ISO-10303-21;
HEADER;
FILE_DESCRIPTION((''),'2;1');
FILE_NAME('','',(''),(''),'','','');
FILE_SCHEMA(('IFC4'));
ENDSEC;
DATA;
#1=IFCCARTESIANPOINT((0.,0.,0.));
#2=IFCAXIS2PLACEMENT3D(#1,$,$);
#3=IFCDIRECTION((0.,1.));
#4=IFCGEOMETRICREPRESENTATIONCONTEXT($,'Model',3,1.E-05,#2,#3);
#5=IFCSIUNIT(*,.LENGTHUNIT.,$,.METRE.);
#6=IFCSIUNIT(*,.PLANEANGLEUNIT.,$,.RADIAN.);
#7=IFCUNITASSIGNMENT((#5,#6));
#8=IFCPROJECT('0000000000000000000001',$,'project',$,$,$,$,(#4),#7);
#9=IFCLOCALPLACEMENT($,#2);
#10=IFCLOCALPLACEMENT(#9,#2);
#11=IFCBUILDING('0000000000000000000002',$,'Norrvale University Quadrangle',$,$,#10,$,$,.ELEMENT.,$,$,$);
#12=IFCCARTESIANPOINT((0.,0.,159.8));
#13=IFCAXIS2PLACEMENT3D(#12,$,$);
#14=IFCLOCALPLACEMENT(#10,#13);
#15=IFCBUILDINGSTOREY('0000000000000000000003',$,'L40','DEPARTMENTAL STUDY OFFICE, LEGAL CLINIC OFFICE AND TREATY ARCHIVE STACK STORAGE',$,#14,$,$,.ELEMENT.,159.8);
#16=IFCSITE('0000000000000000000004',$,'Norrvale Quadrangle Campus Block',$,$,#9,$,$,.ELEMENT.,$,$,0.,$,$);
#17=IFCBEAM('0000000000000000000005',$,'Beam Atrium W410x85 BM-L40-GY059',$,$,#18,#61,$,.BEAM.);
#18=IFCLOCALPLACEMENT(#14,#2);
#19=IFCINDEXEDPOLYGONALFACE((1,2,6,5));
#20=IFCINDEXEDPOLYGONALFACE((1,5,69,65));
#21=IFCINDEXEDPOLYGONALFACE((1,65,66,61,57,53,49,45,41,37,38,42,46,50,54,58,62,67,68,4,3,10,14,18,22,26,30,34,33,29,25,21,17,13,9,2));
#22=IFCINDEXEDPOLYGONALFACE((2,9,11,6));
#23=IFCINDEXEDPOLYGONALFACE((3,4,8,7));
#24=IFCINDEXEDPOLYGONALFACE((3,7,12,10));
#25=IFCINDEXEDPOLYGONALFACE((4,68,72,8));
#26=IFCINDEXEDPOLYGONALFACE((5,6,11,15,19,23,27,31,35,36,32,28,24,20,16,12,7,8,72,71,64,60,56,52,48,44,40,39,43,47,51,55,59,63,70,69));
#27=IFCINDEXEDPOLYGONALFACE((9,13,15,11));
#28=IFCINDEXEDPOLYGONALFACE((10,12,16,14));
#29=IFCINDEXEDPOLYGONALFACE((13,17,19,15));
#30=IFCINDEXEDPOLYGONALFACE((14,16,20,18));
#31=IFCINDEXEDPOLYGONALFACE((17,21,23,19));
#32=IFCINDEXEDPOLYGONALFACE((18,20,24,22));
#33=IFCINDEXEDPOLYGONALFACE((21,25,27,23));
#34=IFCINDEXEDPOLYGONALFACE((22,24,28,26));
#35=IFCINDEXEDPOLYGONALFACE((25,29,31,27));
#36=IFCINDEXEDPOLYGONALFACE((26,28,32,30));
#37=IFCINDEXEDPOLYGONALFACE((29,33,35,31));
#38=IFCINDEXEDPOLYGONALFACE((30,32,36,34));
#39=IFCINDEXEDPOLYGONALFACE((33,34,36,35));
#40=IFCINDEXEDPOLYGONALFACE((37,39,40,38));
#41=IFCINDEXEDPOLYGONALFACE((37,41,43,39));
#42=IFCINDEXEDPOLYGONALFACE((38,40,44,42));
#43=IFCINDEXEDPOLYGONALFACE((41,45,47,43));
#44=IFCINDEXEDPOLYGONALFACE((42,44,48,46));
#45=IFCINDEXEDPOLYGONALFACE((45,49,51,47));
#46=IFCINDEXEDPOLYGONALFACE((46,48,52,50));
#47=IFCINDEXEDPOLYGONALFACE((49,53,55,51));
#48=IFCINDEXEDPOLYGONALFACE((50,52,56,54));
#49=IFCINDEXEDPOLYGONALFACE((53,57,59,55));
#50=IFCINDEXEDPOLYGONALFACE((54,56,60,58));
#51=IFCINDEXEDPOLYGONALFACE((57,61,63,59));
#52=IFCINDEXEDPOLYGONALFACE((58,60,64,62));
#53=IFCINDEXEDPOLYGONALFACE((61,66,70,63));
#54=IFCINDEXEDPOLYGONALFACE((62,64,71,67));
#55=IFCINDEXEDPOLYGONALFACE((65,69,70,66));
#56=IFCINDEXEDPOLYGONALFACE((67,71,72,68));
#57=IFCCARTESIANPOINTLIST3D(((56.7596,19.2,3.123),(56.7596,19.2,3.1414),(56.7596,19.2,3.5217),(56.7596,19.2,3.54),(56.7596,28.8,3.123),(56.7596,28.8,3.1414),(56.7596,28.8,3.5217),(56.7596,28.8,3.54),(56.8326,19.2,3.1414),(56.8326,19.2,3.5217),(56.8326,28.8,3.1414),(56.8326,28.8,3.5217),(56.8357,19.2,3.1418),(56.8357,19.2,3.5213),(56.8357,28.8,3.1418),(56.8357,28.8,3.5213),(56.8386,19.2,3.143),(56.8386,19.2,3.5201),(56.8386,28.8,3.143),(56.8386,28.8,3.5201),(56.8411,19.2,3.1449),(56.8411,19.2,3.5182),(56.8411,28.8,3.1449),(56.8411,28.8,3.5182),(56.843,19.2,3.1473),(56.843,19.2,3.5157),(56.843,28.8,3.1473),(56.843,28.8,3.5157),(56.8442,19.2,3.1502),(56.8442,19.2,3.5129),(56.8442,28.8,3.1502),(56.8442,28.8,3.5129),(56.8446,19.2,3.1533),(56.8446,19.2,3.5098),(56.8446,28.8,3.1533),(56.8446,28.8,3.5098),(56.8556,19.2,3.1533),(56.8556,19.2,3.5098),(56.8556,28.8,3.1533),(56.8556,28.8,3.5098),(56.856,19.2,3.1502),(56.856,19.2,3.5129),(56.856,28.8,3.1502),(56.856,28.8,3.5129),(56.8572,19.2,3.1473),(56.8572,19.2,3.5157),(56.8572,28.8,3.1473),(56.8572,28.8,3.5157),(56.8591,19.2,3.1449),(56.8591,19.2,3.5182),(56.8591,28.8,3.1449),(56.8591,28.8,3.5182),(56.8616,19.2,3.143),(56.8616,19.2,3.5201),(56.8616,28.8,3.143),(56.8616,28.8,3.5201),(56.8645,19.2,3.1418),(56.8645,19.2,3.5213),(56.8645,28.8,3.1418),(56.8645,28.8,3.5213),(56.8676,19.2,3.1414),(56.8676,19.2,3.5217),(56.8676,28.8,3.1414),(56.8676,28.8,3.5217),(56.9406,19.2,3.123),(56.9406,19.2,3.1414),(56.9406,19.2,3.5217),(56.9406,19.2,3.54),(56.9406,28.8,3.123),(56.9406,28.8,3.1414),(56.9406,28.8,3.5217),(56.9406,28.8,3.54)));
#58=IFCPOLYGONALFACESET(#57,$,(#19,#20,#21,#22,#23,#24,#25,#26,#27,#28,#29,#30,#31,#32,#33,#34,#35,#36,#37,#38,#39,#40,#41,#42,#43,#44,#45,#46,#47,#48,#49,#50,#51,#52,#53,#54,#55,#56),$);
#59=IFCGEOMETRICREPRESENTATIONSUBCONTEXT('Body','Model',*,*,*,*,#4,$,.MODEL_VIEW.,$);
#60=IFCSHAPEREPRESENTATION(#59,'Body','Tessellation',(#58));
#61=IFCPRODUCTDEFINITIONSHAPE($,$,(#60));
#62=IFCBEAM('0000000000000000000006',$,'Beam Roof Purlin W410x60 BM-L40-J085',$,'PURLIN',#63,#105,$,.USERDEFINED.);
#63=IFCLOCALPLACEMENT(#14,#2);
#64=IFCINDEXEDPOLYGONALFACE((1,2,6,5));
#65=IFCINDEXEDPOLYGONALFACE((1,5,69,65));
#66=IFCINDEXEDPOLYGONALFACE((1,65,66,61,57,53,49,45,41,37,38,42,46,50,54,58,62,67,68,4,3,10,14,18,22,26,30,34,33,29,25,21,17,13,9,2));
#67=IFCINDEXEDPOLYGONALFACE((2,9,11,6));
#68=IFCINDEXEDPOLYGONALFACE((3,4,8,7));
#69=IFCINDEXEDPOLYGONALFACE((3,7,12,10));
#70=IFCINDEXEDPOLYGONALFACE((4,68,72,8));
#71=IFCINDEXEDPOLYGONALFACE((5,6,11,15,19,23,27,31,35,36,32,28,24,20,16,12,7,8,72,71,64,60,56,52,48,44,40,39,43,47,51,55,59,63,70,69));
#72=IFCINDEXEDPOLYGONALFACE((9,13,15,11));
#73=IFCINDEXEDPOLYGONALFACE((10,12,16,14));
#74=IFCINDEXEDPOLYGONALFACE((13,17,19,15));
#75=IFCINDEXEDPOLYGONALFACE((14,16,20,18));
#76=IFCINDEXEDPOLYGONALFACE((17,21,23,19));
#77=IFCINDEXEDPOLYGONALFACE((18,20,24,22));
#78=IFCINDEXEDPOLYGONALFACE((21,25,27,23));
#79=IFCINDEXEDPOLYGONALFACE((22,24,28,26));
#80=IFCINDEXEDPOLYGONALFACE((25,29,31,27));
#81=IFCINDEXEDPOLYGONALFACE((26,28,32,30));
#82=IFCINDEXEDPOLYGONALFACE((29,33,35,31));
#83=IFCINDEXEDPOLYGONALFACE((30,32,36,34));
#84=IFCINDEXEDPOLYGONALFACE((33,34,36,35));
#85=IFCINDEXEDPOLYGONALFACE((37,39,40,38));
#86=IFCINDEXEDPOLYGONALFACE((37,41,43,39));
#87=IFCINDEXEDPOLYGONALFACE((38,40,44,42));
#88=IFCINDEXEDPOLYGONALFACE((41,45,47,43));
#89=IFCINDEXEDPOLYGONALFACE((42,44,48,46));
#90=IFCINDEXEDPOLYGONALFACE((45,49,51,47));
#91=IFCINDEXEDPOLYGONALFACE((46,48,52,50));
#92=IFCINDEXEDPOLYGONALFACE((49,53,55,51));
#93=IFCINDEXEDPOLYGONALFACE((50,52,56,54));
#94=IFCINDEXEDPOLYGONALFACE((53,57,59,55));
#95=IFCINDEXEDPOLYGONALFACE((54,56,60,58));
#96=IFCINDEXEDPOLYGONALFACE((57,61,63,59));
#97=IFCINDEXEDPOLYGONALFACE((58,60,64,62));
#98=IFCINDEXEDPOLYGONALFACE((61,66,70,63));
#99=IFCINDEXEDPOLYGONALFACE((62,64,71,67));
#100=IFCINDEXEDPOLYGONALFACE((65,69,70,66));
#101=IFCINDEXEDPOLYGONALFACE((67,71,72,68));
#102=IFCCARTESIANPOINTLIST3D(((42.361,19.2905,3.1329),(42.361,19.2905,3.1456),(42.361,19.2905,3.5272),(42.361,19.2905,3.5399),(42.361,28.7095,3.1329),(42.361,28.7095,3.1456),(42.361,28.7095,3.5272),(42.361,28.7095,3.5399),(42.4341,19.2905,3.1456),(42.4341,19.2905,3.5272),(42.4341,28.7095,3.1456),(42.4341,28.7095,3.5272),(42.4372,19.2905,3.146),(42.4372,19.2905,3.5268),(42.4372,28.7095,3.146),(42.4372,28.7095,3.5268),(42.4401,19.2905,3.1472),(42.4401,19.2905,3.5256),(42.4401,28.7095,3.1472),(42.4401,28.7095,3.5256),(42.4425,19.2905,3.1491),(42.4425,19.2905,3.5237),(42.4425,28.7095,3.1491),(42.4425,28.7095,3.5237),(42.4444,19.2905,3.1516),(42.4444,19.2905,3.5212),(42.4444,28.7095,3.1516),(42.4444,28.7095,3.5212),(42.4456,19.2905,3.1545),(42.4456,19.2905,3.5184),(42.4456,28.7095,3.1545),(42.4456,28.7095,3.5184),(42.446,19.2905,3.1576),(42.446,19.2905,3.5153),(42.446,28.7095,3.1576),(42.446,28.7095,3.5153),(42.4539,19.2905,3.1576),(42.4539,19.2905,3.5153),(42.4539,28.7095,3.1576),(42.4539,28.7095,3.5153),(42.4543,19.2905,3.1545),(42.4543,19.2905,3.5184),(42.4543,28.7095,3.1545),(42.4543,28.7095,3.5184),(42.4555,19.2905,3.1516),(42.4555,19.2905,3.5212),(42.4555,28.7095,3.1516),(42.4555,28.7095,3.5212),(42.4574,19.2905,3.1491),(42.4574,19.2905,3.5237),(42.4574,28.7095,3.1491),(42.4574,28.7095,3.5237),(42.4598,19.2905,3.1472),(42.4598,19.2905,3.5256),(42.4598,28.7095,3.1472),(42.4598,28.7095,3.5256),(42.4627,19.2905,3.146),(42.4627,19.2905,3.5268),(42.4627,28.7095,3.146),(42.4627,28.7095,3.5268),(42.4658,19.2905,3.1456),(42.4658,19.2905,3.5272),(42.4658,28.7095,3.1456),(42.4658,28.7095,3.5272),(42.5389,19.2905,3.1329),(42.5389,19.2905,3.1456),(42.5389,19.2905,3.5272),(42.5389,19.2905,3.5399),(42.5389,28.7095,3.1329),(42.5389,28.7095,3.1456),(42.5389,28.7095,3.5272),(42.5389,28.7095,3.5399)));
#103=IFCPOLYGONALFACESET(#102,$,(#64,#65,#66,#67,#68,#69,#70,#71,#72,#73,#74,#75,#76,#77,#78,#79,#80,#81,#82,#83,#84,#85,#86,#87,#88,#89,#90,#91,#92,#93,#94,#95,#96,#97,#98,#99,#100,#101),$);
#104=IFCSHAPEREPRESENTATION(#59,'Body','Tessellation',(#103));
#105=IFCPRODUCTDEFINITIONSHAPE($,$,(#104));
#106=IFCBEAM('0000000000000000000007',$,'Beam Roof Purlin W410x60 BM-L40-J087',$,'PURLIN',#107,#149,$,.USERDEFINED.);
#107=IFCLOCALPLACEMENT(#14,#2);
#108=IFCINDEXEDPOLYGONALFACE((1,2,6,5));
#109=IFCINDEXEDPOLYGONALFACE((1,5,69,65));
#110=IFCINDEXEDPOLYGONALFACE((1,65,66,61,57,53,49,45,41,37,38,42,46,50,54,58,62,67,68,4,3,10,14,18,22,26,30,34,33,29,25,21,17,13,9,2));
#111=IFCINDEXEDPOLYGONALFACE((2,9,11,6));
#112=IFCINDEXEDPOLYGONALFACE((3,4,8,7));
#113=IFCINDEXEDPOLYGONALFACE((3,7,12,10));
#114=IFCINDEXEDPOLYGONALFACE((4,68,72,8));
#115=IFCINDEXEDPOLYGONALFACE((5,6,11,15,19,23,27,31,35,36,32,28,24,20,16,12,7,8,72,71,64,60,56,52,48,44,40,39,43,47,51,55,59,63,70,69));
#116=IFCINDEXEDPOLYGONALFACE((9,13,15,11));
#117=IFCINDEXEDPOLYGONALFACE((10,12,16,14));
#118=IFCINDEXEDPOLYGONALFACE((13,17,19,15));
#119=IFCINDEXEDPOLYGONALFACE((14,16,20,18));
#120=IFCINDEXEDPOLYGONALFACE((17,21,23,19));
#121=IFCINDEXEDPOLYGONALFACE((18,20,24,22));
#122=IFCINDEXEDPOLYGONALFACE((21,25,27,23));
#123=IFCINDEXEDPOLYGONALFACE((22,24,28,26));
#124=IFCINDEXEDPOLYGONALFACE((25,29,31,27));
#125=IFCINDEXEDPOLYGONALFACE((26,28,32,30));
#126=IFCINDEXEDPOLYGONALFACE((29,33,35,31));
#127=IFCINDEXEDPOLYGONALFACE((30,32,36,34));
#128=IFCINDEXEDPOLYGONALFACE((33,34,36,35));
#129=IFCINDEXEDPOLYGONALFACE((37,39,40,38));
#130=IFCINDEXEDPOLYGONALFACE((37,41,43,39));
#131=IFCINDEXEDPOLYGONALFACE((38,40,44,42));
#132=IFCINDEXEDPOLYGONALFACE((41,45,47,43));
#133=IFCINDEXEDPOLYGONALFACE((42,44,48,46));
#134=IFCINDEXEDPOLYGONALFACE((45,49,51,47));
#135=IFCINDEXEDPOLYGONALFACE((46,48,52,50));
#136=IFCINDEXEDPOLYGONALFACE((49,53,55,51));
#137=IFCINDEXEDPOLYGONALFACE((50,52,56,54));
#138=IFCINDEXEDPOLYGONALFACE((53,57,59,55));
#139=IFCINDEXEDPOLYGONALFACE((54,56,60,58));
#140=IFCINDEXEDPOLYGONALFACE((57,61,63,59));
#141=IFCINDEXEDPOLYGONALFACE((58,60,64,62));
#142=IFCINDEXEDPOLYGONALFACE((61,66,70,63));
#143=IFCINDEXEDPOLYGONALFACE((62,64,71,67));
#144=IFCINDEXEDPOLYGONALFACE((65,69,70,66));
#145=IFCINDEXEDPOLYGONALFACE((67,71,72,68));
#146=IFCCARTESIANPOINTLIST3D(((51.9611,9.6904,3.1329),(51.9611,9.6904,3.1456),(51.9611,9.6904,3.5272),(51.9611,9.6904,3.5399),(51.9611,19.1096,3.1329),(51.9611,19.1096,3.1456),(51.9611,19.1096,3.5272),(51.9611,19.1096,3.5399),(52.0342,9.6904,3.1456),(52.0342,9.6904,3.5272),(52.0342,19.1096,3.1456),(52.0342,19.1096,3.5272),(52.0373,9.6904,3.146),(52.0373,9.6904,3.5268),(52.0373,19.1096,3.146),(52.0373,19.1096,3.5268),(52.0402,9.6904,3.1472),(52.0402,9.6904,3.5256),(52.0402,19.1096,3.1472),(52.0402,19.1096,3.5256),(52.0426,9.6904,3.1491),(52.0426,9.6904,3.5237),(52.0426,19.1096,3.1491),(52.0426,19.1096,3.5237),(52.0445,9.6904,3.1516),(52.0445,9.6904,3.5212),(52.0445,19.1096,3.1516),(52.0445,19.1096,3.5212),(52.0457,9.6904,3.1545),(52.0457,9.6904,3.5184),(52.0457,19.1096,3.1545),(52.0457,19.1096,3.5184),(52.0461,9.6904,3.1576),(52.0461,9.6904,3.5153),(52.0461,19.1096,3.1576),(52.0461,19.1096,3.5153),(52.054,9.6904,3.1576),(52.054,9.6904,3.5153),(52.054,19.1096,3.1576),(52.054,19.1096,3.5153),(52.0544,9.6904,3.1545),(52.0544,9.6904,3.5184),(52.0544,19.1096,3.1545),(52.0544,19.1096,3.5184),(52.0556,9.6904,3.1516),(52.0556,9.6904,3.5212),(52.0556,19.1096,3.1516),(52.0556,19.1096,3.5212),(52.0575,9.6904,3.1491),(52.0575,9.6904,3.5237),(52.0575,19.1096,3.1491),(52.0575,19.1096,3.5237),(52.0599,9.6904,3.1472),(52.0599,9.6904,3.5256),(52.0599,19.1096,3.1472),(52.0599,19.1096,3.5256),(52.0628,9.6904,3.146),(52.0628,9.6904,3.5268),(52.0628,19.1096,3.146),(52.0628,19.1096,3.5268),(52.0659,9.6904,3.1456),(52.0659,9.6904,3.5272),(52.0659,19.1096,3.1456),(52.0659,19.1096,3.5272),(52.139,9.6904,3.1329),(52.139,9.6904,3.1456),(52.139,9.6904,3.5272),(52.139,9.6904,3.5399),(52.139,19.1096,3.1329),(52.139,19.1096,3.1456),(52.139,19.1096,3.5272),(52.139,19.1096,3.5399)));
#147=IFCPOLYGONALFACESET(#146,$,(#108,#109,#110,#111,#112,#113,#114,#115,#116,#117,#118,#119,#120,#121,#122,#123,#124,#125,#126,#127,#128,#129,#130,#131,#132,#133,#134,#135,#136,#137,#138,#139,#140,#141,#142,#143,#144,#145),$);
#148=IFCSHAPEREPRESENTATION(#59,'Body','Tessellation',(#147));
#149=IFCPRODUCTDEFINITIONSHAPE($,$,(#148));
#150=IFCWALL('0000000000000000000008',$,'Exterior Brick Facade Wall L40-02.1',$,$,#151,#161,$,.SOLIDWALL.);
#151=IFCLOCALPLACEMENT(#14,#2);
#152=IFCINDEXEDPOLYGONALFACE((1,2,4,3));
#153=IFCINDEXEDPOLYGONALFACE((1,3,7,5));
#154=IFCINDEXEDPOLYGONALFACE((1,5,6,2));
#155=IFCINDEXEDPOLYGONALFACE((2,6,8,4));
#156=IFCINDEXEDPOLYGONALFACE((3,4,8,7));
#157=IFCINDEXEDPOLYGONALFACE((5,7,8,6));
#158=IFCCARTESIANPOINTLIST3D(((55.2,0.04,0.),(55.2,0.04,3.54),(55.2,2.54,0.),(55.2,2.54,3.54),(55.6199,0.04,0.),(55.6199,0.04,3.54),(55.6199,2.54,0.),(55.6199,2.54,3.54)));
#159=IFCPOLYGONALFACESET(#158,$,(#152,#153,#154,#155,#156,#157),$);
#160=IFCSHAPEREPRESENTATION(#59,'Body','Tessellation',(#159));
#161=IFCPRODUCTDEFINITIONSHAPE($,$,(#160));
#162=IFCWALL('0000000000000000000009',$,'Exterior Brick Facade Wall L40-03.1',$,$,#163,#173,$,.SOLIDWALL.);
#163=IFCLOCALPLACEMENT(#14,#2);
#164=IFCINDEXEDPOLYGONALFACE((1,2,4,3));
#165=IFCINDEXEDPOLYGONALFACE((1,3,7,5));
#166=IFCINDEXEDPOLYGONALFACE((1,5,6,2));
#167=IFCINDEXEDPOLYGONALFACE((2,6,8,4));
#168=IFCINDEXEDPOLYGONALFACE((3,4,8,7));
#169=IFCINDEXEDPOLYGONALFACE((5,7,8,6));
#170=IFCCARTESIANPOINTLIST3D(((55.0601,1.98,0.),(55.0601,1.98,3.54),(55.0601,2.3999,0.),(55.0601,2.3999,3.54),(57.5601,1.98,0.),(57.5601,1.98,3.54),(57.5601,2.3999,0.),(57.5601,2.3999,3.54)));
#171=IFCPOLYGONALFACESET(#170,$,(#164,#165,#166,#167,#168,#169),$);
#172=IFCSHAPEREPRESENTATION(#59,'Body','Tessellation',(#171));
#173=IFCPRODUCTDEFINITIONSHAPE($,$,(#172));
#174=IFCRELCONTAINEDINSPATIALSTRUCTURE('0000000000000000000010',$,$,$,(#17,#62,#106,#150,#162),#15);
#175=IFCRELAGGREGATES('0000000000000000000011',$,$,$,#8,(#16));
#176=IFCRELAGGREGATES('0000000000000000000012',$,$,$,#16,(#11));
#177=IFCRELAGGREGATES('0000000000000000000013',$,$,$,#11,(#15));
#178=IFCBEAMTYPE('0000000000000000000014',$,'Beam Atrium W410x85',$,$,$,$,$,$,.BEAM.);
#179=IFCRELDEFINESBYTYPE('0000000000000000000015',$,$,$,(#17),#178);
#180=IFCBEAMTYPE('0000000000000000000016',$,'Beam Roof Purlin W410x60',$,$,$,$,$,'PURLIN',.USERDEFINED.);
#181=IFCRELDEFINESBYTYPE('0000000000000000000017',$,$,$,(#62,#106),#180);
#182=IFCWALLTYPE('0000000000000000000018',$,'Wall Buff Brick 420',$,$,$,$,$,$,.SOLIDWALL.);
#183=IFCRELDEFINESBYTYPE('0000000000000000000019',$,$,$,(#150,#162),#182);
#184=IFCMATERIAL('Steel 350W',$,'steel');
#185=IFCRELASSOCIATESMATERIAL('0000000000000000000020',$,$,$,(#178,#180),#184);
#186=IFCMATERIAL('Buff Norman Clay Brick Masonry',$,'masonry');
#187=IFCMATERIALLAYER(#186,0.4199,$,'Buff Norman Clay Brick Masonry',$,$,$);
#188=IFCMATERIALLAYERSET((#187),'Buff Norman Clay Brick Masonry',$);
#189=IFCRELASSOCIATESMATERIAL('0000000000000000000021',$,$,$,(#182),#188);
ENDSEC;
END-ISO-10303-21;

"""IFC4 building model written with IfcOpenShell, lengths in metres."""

from ifc_helpers import new_model, si_unit, direction, frame, frame_2d, origin, origin_2d, place, context, subcontext, project, spatial, rectangle, i_section, extrude, material, layer, layer_set, material_profile, profile_set, type_object, element, save


model = new_model("IFC4")

# Units and contexts
model_context = context("Model", 3, precision=1e-05, world=origin(), true_north=direction((0.0, 1.0)))
body_context = subcontext(model_context, "Body", "Model", "MODEL_VIEW")
ifc_project = project(units=[si_unit("LENGTHUNIT", "METRE"), si_unit("PLANEANGLEUNIT", "RADIAN")], contexts=[model_context])

# Site, building, storey
site_placement = place(None, origin())
site = spatial("IfcSite", under=ifc_project, at=site_placement, Name="Norrvale Quadrangle Campus Block", CompositionType="ELEMENT", RefElevation=0.0)
building_placement = place(site_placement, origin())
building = spatial("IfcBuilding", under=site, at=building_placement, Name="Norrvale University Quadrangle", CompositionType="ELEMENT")
storey_placement = place(building_placement, frame((0.0, 0.0, 159.8)))
storey = spatial("IfcBuildingStorey", under=building, at=storey_placement, Name="L40", Description="DEPARTMENTAL STUDY OFFICE, LEGAL CLINIC OFFICE AND TREATY ARCHIVE STACK STORAGE", CompositionType="ELEMENT", Elevation=159.8)

# Beams
ifc_material_1 = material(Name="Steel 350W", Category="steel")
ifc_material_profile_1 = material_profile(ifc_material_1, i_section(OverallWidth=0.1809, OverallDepth=0.417, WebThickness=0.011, FlangeThickness=0.0183, FilletRadius=0.012, at=origin_2d()), Name="Steel 350W")
ifc_profile_set_1 = profile_set([ifc_material_profile_1], Name="Steel 350W")
beam_type_1 = type_object("IfcBeamType", Name="Beam Atrium W410x85", PredefinedType="BEAM", material=ifc_profile_set_1)
beam_1_placement = place(storey_placement, frame((56.8501, 19.2, 3.3315), z_axis=(0.0, 1.0, 0.0), x_axis=(-1.0, 0.0, 0.0)))
element("IfcBeam", 1, at=beam_1_placement, inside=storey, type_object=beam_type_1, Name="Beam Atrium W410x85 BM-L40-GY059", PredefinedType="BEAM", context=body_context, shape_type="SweptSolid", body=[
    extrude(i_section(OverallWidth=0.1809, OverallDepth=0.417, WebThickness=0.011, FlangeThickness=0.0183, FilletRadius=0.012, at=origin_2d()), origin(), (0.0, 0.0, 1.0), 9.6001),
])
ifc_material_profile_2 = material_profile(ifc_material_1, i_section(OverallWidth=0.178, OverallDepth=0.407, WebThickness=0.0078, FlangeThickness=0.0127, FilletRadius=0.012, at=origin_2d()), Name="Steel 350W")
ifc_profile_set_2 = profile_set([ifc_material_profile_2], Name="Steel 350W")
beam_type_2 = type_object("IfcBeamType", Name="Beam Roof Purlin W410x60", ElementType="PURLIN", PredefinedType="USERDEFINED", material=ifc_profile_set_2)
beam_2_placement = place(storey_placement, frame((42.45, 19.2905, 3.3364), z_axis=(0.0, 1.0, 0.0), x_axis=(-1.0, 0.0, 0.0)))
element("IfcBeam", 2, at=beam_2_placement, inside=storey, type_object=beam_type_2, Name="Beam Roof Purlin W410x60 BM-L40-J085", ObjectType="PURLIN", PredefinedType="USERDEFINED", context=body_context, shape_type="SweptSolid", body=[
    extrude(i_section(OverallWidth=0.178, OverallDepth=0.407, WebThickness=0.0078, FlangeThickness=0.0127, FilletRadius=0.012, at=origin_2d()), origin(), (0.0, 0.0, 1.0), 9.4189),
])
beam_3_placement = place(storey_placement, frame((52.05, 9.6904, 3.3364), z_axis=(0.0, 1.0, 0.0), x_axis=(-1.0, 0.0, 0.0)))
element("IfcBeam", 3, at=beam_3_placement, inside=storey, type_object=beam_type_2, Name="Beam Roof Purlin W410x60 BM-L40-J087", ObjectType="PURLIN", PredefinedType="USERDEFINED", context=body_context, shape_type="SweptSolid", body=[
    extrude(i_section(OverallWidth=0.178, OverallDepth=0.407, WebThickness=0.0078, FlangeThickness=0.0127, FilletRadius=0.012, at=origin_2d()), origin(), (0.0, 0.0, 1.0), 9.4192),
])

# Walls
ifc_material_2 = material(Name="Buff Norman Clay Brick Masonry", Category="masonry")
ifc_layer_1 = layer(ifc_material_2, 0.4199, Name="Buff Norman Clay Brick Masonry")
ifc_layer_set_1 = layer_set([ifc_layer_1], Name="Buff Norman Clay Brick Masonry")
wall_type_1 = type_object("IfcWallType", Name="Wall Buff Brick 420", PredefinedType="SOLIDWALL", material=ifc_layer_set_1)
for number, where, z_axis, x_axis, name in (
    (4, (55.4099, 0.04, 0.0), (0.0, 0.0, 1.0), (0.0, 1.0, 0.0), "Exterior Brick Facade Wall L40-02.1"),
    (5, (55.0601, 2.1899, 0.0), (0.0, 0.0, 1.0), (1.0, 0.0, 0.0), "Exterior Brick Facade Wall L40-03.1"),
):
    element("IfcWall", number, at=place(storey_placement, frame(where, z_axis=z_axis, x_axis=x_axis)), inside=storey, type_object=wall_type_1, Name=name, PredefinedType="SOLIDWALL", context=body_context, shape_type="SweptSolid", body=[
        extrude(rectangle(XDim=2.5, YDim=0.4199, at=frame_2d((1.25, 0.0))), origin(), (0.0, 0.0, 1.0), 3.54),
    ])

save(model, "model.ifc")
